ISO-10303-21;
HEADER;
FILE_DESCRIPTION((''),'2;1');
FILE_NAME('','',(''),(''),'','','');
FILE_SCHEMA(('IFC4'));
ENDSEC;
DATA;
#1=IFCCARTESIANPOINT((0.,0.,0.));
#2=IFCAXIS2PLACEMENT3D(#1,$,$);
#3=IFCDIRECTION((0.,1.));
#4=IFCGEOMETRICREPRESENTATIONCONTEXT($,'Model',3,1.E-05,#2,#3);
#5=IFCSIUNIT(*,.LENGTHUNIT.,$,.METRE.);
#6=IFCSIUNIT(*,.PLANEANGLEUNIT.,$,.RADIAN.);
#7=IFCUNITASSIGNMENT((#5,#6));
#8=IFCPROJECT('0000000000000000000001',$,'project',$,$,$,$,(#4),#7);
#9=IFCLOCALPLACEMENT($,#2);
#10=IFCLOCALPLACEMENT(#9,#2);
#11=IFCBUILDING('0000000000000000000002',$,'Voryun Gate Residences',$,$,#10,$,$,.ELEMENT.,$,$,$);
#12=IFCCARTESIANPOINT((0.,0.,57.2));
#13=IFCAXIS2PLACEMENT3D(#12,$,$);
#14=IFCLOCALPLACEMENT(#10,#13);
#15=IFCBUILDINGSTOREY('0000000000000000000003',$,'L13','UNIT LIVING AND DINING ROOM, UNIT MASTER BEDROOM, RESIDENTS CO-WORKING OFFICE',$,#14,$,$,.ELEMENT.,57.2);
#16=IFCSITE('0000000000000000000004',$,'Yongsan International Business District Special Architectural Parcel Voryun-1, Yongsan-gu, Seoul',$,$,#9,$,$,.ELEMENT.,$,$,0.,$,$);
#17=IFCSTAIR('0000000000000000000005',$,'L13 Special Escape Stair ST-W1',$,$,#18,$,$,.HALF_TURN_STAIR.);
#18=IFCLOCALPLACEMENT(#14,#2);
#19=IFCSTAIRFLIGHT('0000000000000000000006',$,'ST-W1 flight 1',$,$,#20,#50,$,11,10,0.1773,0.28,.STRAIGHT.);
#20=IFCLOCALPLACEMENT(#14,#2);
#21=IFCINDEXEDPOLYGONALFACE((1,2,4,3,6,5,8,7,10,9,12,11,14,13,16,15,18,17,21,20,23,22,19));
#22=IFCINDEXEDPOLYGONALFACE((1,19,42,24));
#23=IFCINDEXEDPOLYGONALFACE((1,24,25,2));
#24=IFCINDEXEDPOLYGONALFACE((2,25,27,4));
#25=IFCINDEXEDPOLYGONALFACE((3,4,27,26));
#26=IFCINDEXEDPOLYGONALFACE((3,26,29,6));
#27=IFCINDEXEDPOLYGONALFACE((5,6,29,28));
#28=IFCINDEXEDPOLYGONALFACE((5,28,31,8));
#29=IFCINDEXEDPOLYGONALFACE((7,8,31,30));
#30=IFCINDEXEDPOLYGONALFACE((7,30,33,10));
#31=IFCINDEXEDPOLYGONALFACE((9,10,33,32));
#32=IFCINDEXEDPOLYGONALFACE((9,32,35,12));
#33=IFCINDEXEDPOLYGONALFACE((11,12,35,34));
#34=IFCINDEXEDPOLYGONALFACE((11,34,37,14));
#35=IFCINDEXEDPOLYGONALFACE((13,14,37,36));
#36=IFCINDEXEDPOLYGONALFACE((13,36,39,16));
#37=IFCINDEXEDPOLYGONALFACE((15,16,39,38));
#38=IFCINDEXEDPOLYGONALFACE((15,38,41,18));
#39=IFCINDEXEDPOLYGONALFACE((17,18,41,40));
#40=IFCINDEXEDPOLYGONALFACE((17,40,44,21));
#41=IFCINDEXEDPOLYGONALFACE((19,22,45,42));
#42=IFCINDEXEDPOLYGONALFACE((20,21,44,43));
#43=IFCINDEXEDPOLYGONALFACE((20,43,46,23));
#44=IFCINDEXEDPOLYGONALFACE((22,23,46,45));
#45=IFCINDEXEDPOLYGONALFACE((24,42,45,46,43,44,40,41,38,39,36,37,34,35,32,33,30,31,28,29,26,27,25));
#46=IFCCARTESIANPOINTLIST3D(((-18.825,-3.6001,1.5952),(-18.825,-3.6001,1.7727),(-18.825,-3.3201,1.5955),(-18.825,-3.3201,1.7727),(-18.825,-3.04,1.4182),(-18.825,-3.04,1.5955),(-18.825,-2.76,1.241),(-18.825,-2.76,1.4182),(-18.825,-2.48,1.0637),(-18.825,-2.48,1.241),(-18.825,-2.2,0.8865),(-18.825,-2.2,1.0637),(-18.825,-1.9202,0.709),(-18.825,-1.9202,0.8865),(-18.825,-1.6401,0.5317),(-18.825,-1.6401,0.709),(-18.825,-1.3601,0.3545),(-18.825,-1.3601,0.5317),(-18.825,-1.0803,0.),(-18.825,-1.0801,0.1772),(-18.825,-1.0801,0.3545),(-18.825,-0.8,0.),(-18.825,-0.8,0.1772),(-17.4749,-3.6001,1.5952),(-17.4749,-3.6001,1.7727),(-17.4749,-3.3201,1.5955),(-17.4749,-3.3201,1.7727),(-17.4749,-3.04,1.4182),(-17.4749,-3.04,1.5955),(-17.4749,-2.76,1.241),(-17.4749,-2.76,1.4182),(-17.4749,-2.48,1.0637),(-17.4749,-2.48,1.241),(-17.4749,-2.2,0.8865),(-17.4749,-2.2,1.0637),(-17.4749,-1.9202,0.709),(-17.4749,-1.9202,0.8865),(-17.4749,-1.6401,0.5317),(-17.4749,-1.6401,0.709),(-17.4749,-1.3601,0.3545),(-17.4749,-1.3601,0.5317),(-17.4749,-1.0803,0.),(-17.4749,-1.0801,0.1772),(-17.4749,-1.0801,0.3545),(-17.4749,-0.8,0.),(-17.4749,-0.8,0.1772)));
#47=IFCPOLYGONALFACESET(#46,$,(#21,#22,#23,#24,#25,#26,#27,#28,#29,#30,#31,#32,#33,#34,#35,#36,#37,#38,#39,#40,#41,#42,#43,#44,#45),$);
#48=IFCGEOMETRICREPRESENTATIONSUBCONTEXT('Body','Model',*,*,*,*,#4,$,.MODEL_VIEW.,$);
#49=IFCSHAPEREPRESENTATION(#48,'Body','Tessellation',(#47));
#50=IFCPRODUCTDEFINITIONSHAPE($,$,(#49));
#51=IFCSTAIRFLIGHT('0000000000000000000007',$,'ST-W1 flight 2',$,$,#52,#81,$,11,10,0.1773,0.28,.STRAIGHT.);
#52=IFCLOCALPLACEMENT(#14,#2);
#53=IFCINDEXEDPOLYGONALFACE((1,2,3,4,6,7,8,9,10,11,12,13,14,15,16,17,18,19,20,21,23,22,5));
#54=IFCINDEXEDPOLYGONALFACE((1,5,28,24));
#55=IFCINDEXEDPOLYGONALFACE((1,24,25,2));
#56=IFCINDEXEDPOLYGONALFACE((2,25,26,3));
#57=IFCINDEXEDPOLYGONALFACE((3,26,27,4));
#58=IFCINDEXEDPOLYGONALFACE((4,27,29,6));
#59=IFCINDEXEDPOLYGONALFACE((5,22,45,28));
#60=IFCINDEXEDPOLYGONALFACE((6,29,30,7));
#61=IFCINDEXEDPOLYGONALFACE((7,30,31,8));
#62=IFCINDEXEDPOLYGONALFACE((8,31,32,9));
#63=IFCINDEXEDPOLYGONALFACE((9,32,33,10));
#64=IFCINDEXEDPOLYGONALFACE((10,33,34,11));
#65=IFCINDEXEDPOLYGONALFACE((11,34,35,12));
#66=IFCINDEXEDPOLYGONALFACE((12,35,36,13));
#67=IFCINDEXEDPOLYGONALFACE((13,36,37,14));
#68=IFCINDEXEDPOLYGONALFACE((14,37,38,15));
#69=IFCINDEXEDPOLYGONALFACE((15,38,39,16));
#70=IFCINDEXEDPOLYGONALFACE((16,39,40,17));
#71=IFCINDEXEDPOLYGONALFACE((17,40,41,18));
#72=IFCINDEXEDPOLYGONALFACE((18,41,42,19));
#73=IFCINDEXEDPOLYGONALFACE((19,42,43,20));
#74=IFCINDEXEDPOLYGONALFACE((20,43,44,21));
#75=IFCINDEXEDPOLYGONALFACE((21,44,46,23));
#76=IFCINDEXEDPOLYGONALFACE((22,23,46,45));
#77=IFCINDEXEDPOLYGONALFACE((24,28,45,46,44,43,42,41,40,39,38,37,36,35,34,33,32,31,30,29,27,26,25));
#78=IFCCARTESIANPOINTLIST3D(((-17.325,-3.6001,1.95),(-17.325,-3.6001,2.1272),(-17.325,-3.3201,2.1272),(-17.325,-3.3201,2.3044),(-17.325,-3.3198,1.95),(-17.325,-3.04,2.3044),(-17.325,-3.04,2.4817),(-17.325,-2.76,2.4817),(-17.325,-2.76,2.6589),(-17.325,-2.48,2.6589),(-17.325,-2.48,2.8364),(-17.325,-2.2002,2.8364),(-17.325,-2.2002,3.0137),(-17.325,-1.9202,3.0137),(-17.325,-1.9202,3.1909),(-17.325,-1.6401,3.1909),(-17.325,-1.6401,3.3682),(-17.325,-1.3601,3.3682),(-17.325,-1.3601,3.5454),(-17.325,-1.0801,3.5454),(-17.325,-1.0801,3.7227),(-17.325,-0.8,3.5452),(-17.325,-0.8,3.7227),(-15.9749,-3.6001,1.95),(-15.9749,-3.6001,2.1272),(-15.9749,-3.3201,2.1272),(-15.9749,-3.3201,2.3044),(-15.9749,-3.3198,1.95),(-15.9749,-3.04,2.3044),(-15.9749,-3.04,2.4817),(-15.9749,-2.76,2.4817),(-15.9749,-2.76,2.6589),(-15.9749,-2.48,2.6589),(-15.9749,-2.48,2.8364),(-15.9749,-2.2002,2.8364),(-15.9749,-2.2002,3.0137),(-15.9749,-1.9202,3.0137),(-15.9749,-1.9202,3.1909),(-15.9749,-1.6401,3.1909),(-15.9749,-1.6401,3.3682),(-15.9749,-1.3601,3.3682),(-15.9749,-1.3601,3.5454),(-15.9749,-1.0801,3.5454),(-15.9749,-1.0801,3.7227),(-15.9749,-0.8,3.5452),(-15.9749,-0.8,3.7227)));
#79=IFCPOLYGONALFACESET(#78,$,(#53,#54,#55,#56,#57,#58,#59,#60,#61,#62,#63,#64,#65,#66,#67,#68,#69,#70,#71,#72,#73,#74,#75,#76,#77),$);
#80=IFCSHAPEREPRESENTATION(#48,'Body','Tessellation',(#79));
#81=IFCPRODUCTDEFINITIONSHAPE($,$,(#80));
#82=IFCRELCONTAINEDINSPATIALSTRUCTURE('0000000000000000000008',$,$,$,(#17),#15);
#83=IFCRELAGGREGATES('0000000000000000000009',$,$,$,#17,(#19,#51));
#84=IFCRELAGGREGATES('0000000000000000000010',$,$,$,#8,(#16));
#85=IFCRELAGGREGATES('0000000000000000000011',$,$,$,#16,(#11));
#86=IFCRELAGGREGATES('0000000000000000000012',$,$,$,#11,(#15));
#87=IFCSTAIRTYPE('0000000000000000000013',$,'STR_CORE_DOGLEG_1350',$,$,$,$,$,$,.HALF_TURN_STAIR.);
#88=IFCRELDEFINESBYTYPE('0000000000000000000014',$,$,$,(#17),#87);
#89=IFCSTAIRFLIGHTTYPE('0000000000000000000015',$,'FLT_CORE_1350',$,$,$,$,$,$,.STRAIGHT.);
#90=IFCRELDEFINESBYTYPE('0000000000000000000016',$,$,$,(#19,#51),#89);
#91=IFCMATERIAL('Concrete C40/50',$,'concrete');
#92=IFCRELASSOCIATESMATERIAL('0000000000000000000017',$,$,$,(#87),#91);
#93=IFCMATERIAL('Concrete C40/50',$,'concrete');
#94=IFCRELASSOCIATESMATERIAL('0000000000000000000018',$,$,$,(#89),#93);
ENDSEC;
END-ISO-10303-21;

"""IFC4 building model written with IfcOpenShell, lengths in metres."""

from ifc_helpers import new_model, si_unit, direction, frame, origin, place, context, subcontext, project, spatial, polyline, outline, extrude, material, type_object, element, aggregate, save


model = new_model("IFC4")

# Units and contexts
model_context = context("Model", 3, precision=1e-05, world=origin(), true_north=direction((0.0, 1.0)))
body_context = subcontext(model_context, "Body", "Model", "MODEL_VIEW")
ifc_project = project(units=[si_unit("LENGTHUNIT", "METRE"), si_unit("PLANEANGLEUNIT", "RADIAN")], contexts=[model_context])

# Site, building, storey
site_placement = place(None, origin())
site = spatial("IfcSite", under=ifc_project, at=site_placement, Name="Yongsan International Business District Special Architectural Parcel Voryun-1, Yongsan-gu, Seoul", CompositionType="ELEMENT", RefElevation=0.0)
building_placement = place(site_placement, origin())
building = spatial("IfcBuilding", under=site, at=building_placement, Name="Voryun Gate Residences", CompositionType="ELEMENT")
storey_placement = place(building_placement, frame((0.0, 0.0, 57.2)))
storey = spatial("IfcBuildingStorey", under=building, at=storey_placement, Name="L13", Description="UNIT LIVING AND DINING ROOM, UNIT MASTER BEDROOM, RESIDENTS CO-WORKING OFFICE", CompositionType="ELEMENT", Elevation=57.2)

# Stair, stair flights
ifc_material_1 = material(Name="Concrete C40/50", Category="concrete")
stair_type = type_object("IfcStairType", Name="STR_CORE_DOGLEG_1350", PredefinedType="HALF_TURN_STAIR", material=ifc_material_1)
stair_placement = place(storey_placement, origin())
stair = element("IfcStair", 1, at=stair_placement, inside=storey, type_object=stair_type, Name="L13 Special Escape Stair ST-W1", PredefinedType="HALF_TURN_STAIR")
ifc_material_2 = material(Name="Concrete C40/50", Category="concrete")
stair_flight_type = type_object("IfcStairFlightType", Name="FLT_CORE_1350", PredefinedType="STRAIGHT", material=ifc_material_2)
stair_flight_1_placement = place(storey_placement, frame((-18.1499, -0.8, 0.0), z_axis=(0.0, 0.0, 1.0), x_axis=(0.0, -1.0, 0.0)))
stair_flight_1 = element("IfcStairFlight", 2, at=stair_flight_1_placement, type_object=stair_flight_type, Name="ST-W1 flight 1", NumberOfRisers=11, NumberOfTreads=10, PredefinedType="STRAIGHT", RiserHeight=0.1773, TreadLength=0.28, context=body_context, shape_type="SweptSolid", body=[
    extrude(outline(polyline([(0.0, 0.0), (0.0, 0.1772), (0.28, 0.1772), (0.28, 0.3545), (0.5601, 0.3545), (0.5601, 0.5317), (0.8401, 0.5317), (0.8401, 0.709), (1.1201, 0.709), (1.1201, 0.8865), (1.3999, 0.8865), (1.3999, 1.0637), (1.6799, 1.0637), (1.6799, 1.241), (1.96, 1.241), (1.96, 1.4182), (2.24, 1.4182), (2.24, 1.5955), (2.52, 1.5955), (2.52, 1.7727), (2.8, 1.7727), (2.8, 1.95), (2.8, 1.5952), (0.2803, 0.0), (0.0, 0.0)])), frame((0.0, 0.675, 0.0), z_axis=(0.0, -1.0, 0.0), x_axis=(1.0, 0.0, 0.0)), (0.0, 0.0, 1.0), 1.3501),
])
stair_flight_2_placement = place(storey_placement, frame((-16.6499, -3.6001, 1.95), z_axis=(0.0, 0.0, 1.0), x_axis=(0.0, 1.0, 0.0)))
stair_flight_2 = element("IfcStairFlight", 3, at=stair_flight_2_placement, type_object=stair_flight_type, Name="ST-W1 flight 2", NumberOfRisers=11, NumberOfTreads=10, PredefinedType="STRAIGHT", RiserHeight=0.1773, TreadLength=0.28, context=body_context, shape_type="SweptSolid", body=[
    extrude(outline(polyline([(0.0, 0.0), (0.0, 0.1772), (0.28, 0.1772), (0.28, 0.3545), (0.5601, 0.3545), (0.5601, 0.5317), (0.8401, 0.5317), (0.8401, 0.709), (1.1201, 0.709), (1.1201, 0.8865), (1.3999, 0.8865), (1.3999, 1.0637), (1.6799, 1.0637), (1.6799, 1.241), (1.96, 1.241), (1.96, 1.4182), (2.24, 1.4182), (2.24, 1.5955), (2.52, 1.5955), (2.52, 1.7727), (2.8, 1.7727), (2.8, 1.95), (2.8, 1.5952), (0.2803, 0.0), (0.0, 0.0)])), frame((0.0, 0.675, 0.0), z_axis=(0.0, -1.0, 0.0), x_axis=(1.0, 0.0, 0.0)), (0.0, 0.0, 1.0), 1.3501),
])
aggregate(stair, [stair_flight_1, stair_flight_2])

save(model, "model.ifc")
